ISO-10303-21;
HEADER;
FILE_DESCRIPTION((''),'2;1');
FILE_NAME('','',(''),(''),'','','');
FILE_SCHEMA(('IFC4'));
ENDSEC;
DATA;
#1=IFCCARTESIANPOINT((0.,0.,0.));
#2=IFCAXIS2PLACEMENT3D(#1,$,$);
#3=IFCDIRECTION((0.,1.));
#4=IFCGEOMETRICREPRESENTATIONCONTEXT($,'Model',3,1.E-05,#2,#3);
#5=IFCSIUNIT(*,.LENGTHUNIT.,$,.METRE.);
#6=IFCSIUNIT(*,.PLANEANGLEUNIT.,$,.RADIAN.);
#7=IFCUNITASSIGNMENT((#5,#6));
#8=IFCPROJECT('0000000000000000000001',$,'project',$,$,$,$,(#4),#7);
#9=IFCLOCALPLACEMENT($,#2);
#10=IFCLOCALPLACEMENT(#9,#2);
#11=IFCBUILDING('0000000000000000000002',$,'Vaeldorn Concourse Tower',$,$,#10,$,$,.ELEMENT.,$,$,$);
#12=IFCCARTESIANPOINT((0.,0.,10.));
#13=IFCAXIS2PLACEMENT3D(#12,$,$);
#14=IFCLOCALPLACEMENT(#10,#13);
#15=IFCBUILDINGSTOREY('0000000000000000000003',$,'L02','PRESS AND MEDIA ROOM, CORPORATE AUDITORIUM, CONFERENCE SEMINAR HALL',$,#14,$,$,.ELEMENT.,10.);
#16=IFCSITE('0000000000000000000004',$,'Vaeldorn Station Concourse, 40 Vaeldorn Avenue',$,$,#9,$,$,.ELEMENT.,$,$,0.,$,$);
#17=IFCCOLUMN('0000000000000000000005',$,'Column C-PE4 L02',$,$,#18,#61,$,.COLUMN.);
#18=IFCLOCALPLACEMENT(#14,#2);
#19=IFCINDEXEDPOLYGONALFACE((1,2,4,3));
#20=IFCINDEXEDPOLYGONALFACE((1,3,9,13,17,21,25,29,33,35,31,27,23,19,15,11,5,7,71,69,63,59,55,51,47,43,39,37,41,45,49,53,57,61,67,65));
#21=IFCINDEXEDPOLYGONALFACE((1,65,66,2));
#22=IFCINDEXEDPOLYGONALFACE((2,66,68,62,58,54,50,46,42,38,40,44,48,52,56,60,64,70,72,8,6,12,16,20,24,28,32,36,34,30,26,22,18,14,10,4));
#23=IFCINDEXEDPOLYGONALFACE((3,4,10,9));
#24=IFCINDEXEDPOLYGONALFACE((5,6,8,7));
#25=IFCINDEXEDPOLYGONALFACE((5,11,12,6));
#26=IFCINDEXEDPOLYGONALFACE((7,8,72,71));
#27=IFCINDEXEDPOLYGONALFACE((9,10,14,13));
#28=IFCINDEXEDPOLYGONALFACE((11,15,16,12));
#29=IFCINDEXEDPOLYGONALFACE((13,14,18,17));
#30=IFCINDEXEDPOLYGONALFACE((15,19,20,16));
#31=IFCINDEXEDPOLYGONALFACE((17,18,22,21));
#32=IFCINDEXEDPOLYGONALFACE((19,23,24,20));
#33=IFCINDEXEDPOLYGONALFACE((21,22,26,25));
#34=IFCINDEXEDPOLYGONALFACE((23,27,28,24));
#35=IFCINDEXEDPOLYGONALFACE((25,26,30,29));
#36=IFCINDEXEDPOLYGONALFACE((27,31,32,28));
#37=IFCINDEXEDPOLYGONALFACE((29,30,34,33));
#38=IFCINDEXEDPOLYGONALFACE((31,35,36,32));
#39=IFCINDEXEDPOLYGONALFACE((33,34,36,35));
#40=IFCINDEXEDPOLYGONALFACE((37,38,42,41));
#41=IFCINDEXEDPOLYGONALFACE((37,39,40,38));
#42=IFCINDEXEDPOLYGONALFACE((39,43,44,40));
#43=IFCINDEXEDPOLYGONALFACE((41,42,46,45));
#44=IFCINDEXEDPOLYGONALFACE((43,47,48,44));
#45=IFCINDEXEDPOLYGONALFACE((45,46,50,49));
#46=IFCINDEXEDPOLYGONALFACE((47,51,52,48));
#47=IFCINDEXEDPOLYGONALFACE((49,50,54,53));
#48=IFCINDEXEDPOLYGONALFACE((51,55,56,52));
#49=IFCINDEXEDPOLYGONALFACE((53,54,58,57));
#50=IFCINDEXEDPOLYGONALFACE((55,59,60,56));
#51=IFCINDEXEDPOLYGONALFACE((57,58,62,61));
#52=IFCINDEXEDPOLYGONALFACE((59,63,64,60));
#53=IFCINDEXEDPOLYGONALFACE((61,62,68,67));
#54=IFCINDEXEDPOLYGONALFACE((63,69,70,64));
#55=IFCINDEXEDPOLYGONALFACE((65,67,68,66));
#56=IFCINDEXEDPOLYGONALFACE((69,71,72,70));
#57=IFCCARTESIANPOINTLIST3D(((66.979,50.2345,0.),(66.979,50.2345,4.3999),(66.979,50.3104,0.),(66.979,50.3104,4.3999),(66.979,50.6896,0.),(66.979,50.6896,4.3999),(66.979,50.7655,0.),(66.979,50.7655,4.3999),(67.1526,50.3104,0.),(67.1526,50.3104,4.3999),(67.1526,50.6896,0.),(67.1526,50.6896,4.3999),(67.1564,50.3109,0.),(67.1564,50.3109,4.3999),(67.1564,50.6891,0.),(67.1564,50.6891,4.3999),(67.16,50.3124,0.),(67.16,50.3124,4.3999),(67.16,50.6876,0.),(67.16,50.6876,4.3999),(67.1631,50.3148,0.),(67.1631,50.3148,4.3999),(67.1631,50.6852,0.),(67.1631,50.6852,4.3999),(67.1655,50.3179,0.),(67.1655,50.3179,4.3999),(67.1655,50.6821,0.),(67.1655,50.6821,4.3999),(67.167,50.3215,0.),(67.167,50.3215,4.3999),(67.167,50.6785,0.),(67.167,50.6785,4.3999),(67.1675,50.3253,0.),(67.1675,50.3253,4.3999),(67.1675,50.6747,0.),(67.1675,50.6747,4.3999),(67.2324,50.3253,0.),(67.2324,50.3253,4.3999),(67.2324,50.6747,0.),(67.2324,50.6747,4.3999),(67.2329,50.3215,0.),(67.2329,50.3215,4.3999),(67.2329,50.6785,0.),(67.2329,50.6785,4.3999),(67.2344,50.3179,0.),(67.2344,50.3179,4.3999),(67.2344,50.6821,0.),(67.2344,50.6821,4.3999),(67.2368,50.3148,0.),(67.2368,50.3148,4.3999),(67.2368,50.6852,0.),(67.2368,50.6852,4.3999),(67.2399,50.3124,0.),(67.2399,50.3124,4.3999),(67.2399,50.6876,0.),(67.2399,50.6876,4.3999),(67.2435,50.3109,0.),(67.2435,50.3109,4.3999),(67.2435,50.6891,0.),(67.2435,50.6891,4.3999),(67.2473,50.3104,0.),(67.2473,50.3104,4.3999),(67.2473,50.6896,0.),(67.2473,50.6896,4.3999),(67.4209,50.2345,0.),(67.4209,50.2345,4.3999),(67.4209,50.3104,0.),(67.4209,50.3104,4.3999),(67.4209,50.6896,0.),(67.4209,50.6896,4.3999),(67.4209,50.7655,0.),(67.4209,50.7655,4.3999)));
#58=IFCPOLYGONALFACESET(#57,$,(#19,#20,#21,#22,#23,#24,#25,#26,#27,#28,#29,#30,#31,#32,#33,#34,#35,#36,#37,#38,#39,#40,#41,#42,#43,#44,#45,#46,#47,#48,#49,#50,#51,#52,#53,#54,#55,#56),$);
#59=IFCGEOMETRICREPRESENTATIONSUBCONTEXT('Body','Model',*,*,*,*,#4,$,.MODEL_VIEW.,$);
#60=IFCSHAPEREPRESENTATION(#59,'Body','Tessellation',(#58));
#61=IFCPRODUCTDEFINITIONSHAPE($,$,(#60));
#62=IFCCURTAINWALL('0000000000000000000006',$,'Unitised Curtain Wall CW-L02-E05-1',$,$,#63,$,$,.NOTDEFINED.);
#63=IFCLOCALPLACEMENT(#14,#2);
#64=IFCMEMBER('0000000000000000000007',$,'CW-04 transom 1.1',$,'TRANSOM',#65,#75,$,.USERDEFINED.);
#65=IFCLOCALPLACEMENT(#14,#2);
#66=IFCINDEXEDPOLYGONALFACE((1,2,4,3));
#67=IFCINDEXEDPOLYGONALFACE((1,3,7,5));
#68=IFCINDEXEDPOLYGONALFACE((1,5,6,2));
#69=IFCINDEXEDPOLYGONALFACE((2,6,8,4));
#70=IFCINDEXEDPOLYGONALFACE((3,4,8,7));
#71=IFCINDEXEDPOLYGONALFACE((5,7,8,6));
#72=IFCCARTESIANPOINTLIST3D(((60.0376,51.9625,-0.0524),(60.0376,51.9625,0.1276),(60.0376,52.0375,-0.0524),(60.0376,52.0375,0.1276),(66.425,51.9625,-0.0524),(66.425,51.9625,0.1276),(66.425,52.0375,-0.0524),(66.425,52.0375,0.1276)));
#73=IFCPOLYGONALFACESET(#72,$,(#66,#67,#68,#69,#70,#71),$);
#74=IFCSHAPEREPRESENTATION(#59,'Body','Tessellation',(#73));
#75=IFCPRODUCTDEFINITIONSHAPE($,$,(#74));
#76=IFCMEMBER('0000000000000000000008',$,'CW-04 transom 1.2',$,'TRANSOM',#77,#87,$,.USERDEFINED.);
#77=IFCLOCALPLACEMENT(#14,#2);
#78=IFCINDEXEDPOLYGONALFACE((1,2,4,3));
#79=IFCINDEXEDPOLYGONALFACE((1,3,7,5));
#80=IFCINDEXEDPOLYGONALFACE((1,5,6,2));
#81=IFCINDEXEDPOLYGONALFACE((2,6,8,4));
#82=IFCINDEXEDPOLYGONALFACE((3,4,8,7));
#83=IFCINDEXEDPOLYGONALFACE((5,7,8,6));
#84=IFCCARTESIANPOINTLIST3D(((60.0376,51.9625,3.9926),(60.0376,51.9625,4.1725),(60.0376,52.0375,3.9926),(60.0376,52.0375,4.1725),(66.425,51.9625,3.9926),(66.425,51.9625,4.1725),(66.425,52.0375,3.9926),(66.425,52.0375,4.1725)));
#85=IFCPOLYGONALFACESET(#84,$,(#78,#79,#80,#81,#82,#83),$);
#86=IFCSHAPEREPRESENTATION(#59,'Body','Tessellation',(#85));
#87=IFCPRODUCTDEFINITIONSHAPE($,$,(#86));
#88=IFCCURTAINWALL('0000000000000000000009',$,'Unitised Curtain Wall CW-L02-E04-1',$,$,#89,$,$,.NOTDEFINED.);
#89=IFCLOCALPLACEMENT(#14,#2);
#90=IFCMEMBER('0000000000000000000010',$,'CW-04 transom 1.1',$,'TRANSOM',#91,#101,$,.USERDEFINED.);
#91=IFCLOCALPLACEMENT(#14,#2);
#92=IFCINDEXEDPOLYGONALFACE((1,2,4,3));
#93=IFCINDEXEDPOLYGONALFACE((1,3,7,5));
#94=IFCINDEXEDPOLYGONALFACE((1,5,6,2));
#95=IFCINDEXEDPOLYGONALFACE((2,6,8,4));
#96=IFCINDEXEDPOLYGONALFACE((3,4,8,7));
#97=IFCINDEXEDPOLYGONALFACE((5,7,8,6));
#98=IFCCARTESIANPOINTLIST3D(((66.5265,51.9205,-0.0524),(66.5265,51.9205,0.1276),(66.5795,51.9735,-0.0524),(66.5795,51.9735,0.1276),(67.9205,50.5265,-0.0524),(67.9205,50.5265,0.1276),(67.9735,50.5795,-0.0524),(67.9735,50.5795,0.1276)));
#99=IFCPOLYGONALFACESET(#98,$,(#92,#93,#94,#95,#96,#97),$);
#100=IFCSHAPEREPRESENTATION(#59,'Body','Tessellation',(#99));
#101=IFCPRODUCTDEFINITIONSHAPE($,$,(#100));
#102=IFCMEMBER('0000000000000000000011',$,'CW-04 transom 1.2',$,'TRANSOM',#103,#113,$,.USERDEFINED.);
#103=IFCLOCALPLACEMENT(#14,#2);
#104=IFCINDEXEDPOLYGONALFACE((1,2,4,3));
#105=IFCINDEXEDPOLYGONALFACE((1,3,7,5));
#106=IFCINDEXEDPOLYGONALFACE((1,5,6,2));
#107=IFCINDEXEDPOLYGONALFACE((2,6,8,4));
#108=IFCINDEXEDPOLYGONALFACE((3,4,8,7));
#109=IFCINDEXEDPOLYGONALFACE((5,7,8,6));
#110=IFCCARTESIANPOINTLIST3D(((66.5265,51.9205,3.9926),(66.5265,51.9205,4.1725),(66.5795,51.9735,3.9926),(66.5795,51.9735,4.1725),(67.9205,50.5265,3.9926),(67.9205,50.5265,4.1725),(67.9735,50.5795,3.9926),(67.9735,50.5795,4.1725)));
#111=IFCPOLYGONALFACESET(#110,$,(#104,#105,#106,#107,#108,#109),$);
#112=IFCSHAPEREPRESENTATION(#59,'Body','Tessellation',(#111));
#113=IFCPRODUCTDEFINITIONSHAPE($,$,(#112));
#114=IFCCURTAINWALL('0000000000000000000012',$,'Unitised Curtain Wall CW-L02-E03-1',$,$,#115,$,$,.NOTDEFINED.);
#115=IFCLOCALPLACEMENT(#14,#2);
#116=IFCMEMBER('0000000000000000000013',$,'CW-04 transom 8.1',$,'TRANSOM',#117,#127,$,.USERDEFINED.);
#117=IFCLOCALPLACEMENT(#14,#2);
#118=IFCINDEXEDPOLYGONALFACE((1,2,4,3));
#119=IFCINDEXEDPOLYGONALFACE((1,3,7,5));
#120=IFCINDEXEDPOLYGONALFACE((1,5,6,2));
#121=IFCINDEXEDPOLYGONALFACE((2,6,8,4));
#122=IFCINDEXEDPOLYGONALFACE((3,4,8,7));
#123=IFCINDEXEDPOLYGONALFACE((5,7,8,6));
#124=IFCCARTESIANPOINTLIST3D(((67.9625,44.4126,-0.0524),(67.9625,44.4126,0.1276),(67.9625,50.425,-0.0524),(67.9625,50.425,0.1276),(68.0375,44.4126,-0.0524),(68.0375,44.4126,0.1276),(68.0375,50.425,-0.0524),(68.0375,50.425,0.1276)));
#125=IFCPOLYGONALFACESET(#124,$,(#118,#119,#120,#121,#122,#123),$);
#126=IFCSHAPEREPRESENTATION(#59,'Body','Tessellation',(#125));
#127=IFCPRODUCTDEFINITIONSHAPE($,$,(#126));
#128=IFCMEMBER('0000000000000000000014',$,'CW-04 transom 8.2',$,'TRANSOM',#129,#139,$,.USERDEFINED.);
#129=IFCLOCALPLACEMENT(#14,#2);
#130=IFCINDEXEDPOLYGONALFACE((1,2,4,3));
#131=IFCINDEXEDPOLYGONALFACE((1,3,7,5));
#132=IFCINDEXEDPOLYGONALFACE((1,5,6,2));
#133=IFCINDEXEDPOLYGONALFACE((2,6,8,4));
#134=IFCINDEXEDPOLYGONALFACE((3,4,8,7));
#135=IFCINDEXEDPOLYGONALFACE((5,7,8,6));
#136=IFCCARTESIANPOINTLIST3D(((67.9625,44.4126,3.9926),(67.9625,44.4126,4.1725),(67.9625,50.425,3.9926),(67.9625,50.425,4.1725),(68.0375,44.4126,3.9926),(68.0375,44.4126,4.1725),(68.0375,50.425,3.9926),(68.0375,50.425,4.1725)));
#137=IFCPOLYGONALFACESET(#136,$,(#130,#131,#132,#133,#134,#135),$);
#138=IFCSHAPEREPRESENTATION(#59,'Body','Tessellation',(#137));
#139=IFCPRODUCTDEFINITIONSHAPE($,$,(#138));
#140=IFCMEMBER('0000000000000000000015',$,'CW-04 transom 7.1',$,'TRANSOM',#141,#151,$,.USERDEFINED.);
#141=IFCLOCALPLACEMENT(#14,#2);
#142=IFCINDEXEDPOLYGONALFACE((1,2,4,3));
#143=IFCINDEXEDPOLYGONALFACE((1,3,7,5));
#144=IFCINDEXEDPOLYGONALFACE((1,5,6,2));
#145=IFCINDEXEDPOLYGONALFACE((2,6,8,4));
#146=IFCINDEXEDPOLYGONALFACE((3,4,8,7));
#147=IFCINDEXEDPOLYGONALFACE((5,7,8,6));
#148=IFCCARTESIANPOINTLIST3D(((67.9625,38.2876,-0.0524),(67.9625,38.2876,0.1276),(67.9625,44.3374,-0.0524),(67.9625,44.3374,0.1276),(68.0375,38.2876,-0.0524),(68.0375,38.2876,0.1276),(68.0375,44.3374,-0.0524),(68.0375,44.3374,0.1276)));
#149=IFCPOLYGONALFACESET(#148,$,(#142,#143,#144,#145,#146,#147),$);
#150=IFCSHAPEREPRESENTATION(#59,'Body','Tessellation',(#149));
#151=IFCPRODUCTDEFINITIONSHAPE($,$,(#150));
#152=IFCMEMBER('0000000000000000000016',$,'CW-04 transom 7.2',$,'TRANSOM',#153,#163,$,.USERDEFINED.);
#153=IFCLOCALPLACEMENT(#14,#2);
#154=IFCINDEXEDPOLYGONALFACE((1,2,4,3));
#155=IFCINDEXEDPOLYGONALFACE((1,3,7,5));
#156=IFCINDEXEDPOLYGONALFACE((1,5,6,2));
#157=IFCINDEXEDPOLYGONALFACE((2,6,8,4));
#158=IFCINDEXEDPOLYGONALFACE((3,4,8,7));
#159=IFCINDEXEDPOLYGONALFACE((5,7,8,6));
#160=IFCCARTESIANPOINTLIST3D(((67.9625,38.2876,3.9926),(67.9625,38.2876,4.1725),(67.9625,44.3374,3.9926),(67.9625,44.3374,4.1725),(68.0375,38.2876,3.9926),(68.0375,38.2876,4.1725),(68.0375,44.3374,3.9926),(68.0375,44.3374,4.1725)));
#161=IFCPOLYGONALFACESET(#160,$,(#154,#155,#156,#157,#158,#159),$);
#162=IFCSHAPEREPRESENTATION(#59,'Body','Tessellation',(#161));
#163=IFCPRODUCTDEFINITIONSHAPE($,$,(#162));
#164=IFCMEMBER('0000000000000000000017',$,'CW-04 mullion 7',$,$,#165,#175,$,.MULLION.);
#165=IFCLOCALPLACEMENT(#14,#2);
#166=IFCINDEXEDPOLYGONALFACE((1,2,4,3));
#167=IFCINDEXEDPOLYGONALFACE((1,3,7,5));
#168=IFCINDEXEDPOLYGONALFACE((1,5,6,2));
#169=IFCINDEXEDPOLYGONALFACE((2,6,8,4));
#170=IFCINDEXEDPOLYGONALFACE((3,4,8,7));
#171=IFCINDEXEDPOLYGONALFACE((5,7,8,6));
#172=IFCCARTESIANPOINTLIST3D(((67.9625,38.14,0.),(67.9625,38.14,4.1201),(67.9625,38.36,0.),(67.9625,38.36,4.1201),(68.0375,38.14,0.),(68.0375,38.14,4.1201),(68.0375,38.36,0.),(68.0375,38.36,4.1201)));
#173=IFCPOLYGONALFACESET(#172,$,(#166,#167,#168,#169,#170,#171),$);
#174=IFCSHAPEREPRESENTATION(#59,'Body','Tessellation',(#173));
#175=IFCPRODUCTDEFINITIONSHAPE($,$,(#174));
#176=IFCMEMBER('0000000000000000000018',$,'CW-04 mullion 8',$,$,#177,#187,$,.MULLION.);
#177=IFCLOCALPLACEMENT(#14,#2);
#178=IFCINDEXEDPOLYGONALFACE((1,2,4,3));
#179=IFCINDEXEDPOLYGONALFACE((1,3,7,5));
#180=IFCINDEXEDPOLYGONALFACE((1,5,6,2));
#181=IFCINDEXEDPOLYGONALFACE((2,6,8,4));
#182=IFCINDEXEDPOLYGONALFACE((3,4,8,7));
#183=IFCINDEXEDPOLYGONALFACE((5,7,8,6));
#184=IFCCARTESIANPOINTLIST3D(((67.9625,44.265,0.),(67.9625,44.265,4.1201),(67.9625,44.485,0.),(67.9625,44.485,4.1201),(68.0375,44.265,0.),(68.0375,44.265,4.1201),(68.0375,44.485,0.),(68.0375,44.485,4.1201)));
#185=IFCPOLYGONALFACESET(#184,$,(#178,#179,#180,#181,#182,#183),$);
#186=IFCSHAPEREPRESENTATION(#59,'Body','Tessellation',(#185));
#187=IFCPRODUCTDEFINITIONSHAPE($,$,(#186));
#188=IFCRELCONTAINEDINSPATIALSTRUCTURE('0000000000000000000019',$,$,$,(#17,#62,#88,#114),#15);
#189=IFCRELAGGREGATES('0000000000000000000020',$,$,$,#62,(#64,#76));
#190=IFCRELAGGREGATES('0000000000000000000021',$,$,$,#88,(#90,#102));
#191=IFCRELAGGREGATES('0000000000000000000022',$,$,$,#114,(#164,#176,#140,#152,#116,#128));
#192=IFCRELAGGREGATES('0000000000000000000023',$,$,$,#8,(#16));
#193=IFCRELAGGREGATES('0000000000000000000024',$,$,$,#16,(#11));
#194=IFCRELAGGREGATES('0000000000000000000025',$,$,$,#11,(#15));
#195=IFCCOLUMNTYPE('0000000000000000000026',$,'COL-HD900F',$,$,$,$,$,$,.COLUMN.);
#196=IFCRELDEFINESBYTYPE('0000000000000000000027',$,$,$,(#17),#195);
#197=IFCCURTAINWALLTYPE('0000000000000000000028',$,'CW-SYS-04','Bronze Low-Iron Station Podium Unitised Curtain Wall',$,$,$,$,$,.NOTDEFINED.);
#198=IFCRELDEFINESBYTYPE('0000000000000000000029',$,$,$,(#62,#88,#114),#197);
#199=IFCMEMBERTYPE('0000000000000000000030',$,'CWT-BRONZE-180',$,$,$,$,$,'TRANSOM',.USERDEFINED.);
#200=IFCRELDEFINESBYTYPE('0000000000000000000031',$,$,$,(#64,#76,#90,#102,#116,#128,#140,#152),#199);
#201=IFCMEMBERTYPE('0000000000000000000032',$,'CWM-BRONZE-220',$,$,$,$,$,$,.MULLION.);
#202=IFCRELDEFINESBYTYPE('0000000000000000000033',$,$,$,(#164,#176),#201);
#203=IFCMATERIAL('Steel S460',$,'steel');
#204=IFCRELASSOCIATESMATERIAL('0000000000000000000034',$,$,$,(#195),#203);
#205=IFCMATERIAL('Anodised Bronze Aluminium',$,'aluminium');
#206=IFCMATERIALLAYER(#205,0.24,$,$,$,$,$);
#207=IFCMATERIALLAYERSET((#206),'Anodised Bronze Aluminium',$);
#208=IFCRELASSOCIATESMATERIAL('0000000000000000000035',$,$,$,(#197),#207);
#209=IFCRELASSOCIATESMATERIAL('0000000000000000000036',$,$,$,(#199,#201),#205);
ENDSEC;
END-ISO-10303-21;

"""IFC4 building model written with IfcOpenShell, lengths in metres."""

from ifc_helpers import new_model, si_unit, direction, frame, origin, origin_2d, place, context, subcontext, project, spatial, rectangle, i_section, extrude, source, transform, mapped, material, layer, layer_set, material_profile, profile_set, type_object, element, aggregate, save


model = new_model("IFC4")

# Units and contexts
model_context = context("Model", 3, precision=1e-05, world=origin(), true_north=direction((0.0, 1.0)))
body_context = subcontext(model_context, "Body", "Model", "MODEL_VIEW")
ifc_project = project(units=[si_unit("LENGTHUNIT", "METRE"), si_unit("PLANEANGLEUNIT", "RADIAN")], contexts=[model_context])

# Site, building, storey
site_placement = place(None, origin())
site = spatial("IfcSite", under=ifc_project, at=site_placement, Name="Vaeldorn Station Concourse, 40 Vaeldorn Avenue", CompositionType="ELEMENT", RefElevation=0.0)
building_placement = place(site_placement, origin())
building = spatial("IfcBuilding", under=site, at=building_placement, Name="Vaeldorn Concourse Tower", CompositionType="ELEMENT")
storey_placement = place(building_placement, frame((0.0, 0.0, 10.0)))
storey = spatial("IfcBuildingStorey", under=building, at=storey_placement, Name="L02", Description="PRESS AND MEDIA ROOM, CORPORATE AUDITORIUM, CONFERENCE SEMINAR HALL", CompositionType="ELEMENT", Elevation=10.0)

# Column
ifc_material_1 = material(Name="Steel S460", Category="steel")
ifc_material_profile_1 = material_profile(ifc_material_1, i_section(OverallWidth=0.4419, OverallDepth=0.531, WebThickness=0.0649, FlangeThickness=0.0759, FilletRadius=0.0149, at=origin_2d()), Name="HD 400x900")
ifc_profile_set_1 = profile_set([ifc_material_profile_1], Name="Steel S460")
column_type = type_object("IfcColumnType", Name="COL-HD900F", PredefinedType="COLUMN", material=ifc_profile_set_1)
shared_shape_1 = source(origin(), body_context, "Body", "SweptSolid", [
    extrude(i_section(OverallWidth=0.4419, OverallDepth=0.531, WebThickness=0.0649, FlangeThickness=0.0759, FilletRadius=0.0149, at=origin_2d()), origin(), (0.0, 0.0, 1.0), 4.3999),
])
column_placement = place(storey_placement, frame((67.2, 50.5, 0.0), z_axis=(0.0, 0.0, 1.0), x_axis=(1.0, 0.0, 0.0)))
element("IfcColumn", 1, at=column_placement, inside=storey, type_object=column_type, Name="Column C-PE4 L02", PredefinedType="COLUMN", context=body_context, shape_type="MappedRepresentation", body=[
    mapped(shared_shape_1, transform((0.0, 0.0, 0.0), scale=1.0)),
])

# Curtain walls, members
ifc_material_2 = material(Name="Anodised Bronze Aluminium", Category="aluminium")
ifc_layer_1 = layer(ifc_material_2, 0.24)
ifc_layer_set_1 = layer_set([ifc_layer_1], Name="Anodised Bronze Aluminium")
curtain_wall_type = type_object("IfcCurtainWallType", Name="CW-SYS-04", Description="Bronze Low-Iron Station Podium Unitised Curtain Wall", PredefinedType="NOTDEFINED", material=ifc_layer_set_1)
curtain_wall_1_placement = place(storey_placement, origin())
curtain_wall_1 = element("IfcCurtainWall", 2, at=curtain_wall_1_placement, inside=storey, type_object=curtain_wall_type, Name="Unitised Curtain Wall CW-L02-E05-1", PredefinedType="NOTDEFINED")
ifc_material_profile_2 = material_profile(ifc_material_2, rectangle(XDim=0.075, YDim=0.1799, at=origin_2d()), Name="CWT 75x180")
ifc_profile_set_2 = profile_set([ifc_material_profile_2], Name="Anodised Bronze Aluminium")
member_type_1 = type_object("IfcMemberType", Name="CWT-BRONZE-180", ElementType="TRANSOM", PredefinedType="USERDEFINED", material=ifc_profile_set_2)
shared_shape_2 = source(origin(), body_context, "Body", "SweptSolid", [
    extrude(rectangle(XDim=0.075, YDim=0.1799, at=origin_2d()), origin(), (0.0, 0.0, 1.0), 6.3875),
])
member_1_placement = place(storey_placement, frame((66.425, 52.0, 0.0376), z_axis=(-1.0, 0.0, 0.0), x_axis=(0.0, -1.0, 0.0)))
member_1 = element("IfcMember", 3, at=member_1_placement, type_object=member_type_1, Name="CW-04 transom 1.1", ObjectType="TRANSOM", PredefinedType="USERDEFINED", context=body_context, shape_type="MappedRepresentation", body=[
    mapped(shared_shape_2, transform((0.0, 0.0, 0.0), scale=1.0)),
])
member_2_placement = place(storey_placement, frame((66.425, 52.0, 4.0825), z_axis=(-1.0, 0.0, 0.0), x_axis=(0.0, -1.0, 0.0)))
member_2 = element("IfcMember", 4, at=member_2_placement, type_object=member_type_1, Name="CW-04 transom 1.2", ObjectType="TRANSOM", PredefinedType="USERDEFINED", context=body_context, shape_type="MappedRepresentation", body=[
    mapped(shared_shape_2, transform((0.0, 0.0, 0.0), scale=1.0)),
])
curtain_wall_2_placement = place(storey_placement, origin())
curtain_wall_2 = element("IfcCurtainWall", 5, at=curtain_wall_2_placement, inside=storey, type_object=curtain_wall_type, Name="Unitised Curtain Wall CW-L02-E04-1", PredefinedType="NOTDEFINED")
shared_shape_3 = source(origin(), body_context, "Body", "SweptSolid", [
    extrude(rectangle(XDim=0.075, YDim=0.1799, at=origin_2d()), origin(), (0.0, 0.0, 1.0), 1.9714),
])
member_3_placement = place(storey_placement, frame((67.947, 50.553, 0.0376), z_axis=(-0.707107, 0.707107, 0.0), x_axis=(-0.707107, -0.707107, 0.0)))
member_3 = element("IfcMember", 6, at=member_3_placement, type_object=member_type_1, Name="CW-04 transom 1.1", ObjectType="TRANSOM", PredefinedType="USERDEFINED", context=body_context, shape_type="MappedRepresentation", body=[
    mapped(shared_shape_3, transform((0.0, 0.0, 0.0), scale=1.0)),
])
member_4_placement = place(storey_placement, frame((67.947, 50.553, 4.0825), z_axis=(-0.707107, 0.707107, 0.0), x_axis=(-0.707107, -0.707107, 0.0)))
member_4 = element("IfcMember", 7, at=member_4_placement, type_object=member_type_1, Name="CW-04 transom 1.2", ObjectType="TRANSOM", PredefinedType="USERDEFINED", context=body_context, shape_type="MappedRepresentation", body=[
    mapped(shared_shape_3, transform((0.0, 0.0, 0.0), scale=1.0)),
])
curtain_wall_3_placement = place(storey_placement, origin())
curtain_wall_3 = element("IfcCurtainWall", 8, at=curtain_wall_3_placement, inside=storey, type_object=curtain_wall_type, Name="Unitised Curtain Wall CW-L02-E03-1", PredefinedType="NOTDEFINED")
shared_shape_4 = source(origin(), body_context, "Body", "SweptSolid", [
    extrude(rectangle(XDim=0.075, YDim=0.1799, at=origin_2d()), origin(), (0.0, 0.0, 1.0), 6.0125),
])
member_5_placement = place(storey_placement, frame((68.0, 44.4126, 0.0376), z_axis=(0.0, 1.0, 0.0), x_axis=(-1.0, 0.0, 0.0)))
member_5 = element("IfcMember", 9, at=member_5_placement, type_object=member_type_1, Name="CW-04 transom 8.1", ObjectType="TRANSOM", PredefinedType="USERDEFINED", context=body_context, shape_type="MappedRepresentation", body=[
    mapped(shared_shape_4, transform((0.0, 0.0, 0.0), scale=1.0)),
])
member_6_placement = place(storey_placement, frame((68.0, 44.4126, 4.0825), z_axis=(0.0, 1.0, 0.0), x_axis=(-1.0, 0.0, 0.0)))
member_6 = element("IfcMember", 10, at=member_6_placement, type_object=member_type_1, Name="CW-04 transom 8.2", ObjectType="TRANSOM", PredefinedType="USERDEFINED", context=body_context, shape_type="MappedRepresentation", body=[
    mapped(shared_shape_4, transform((0.0, 0.0, 0.0), scale=1.0)),
])
shared_shape_5 = source(origin(), body_context, "Body", "SweptSolid", [
    extrude(rectangle(XDim=0.075, YDim=0.1799, at=origin_2d()), origin(), (0.0, 0.0, 1.0), 6.0498),
])
member_7_placement = place(storey_placement, frame((68.0, 38.2876, 0.0376), z_axis=(0.0, 1.0, 0.0), x_axis=(-1.0, 0.0, 0.0)))
member_7 = element("IfcMember", 11, at=member_7_placement, type_object=member_type_1, Name="CW-04 transom 7.1", ObjectType="TRANSOM", PredefinedType="USERDEFINED", context=body_context, shape_type="MappedRepresentation", body=[
    mapped(shared_shape_5, transform((0.0, 0.0, 0.0), scale=1.0)),
])
member_8_placement = place(storey_placement, frame((68.0, 38.2876, 4.0825), z_axis=(0.0, 1.0, 0.0), x_axis=(-1.0, 0.0, 0.0)))
member_8 = element("IfcMember", 12, at=member_8_placement, type_object=member_type_1, Name="CW-04 transom 7.2", ObjectType="TRANSOM", PredefinedType="USERDEFINED", context=body_context, shape_type="MappedRepresentation", body=[
    mapped(shared_shape_5, transform((0.0, 0.0, 0.0), scale=1.0)),
])
ifc_material_profile_3 = material_profile(ifc_material_2, rectangle(XDim=0.075, YDim=0.22, at=origin_2d()), Name="CWM 75x220")
ifc_profile_set_3 = profile_set([ifc_material_profile_3], Name="Anodised Bronze Aluminium")
member_type_2 = type_object("IfcMemberType", Name="CWM-BRONZE-220", PredefinedType="MULLION", material=ifc_profile_set_3)
shared_shape_6 = source(origin(), body_context, "Body", "SweptSolid", [
    extrude(rectangle(XDim=0.075, YDim=0.22, at=origin_2d()), origin(), (0.0, 0.0, 1.0), 4.1201),
])
member_9_placement = place(storey_placement, frame((68.0, 38.25, 0.0), z_axis=(0.0, 0.0, 1.0), x_axis=(-1.0, 0.0, 0.0)))
member_9 = element("IfcMember", 13, at=member_9_placement, type_object=member_type_2, Name="CW-04 mullion 7", PredefinedType="MULLION", context=body_context, shape_type="MappedRepresentation", body=[
    mapped(shared_shape_6, transform((0.0, 0.0, 0.0), scale=1.0)),
])
member_10_placement = place(storey_placement, frame((68.0, 44.375, 0.0), z_axis=(0.0, 0.0, 1.0), x_axis=(-1.0, 0.0, 0.0)))
member_10 = element("IfcMember", 14, at=member_10_placement, type_object=member_type_2, Name="CW-04 mullion 8", PredefinedType="MULLION", context=body_context, shape_type="MappedRepresentation", body=[
    mapped(shared_shape_6, transform((0.0, 0.0, 0.0), scale=1.0)),
])

aggregate(curtain_wall_1, [member_1, member_2])
aggregate(curtain_wall_2, [member_3, member_4])
aggregate(curtain_wall_3, [member_9, member_10, member_7, member_8, member_5, member_6])

save(model, "model.ifc")
